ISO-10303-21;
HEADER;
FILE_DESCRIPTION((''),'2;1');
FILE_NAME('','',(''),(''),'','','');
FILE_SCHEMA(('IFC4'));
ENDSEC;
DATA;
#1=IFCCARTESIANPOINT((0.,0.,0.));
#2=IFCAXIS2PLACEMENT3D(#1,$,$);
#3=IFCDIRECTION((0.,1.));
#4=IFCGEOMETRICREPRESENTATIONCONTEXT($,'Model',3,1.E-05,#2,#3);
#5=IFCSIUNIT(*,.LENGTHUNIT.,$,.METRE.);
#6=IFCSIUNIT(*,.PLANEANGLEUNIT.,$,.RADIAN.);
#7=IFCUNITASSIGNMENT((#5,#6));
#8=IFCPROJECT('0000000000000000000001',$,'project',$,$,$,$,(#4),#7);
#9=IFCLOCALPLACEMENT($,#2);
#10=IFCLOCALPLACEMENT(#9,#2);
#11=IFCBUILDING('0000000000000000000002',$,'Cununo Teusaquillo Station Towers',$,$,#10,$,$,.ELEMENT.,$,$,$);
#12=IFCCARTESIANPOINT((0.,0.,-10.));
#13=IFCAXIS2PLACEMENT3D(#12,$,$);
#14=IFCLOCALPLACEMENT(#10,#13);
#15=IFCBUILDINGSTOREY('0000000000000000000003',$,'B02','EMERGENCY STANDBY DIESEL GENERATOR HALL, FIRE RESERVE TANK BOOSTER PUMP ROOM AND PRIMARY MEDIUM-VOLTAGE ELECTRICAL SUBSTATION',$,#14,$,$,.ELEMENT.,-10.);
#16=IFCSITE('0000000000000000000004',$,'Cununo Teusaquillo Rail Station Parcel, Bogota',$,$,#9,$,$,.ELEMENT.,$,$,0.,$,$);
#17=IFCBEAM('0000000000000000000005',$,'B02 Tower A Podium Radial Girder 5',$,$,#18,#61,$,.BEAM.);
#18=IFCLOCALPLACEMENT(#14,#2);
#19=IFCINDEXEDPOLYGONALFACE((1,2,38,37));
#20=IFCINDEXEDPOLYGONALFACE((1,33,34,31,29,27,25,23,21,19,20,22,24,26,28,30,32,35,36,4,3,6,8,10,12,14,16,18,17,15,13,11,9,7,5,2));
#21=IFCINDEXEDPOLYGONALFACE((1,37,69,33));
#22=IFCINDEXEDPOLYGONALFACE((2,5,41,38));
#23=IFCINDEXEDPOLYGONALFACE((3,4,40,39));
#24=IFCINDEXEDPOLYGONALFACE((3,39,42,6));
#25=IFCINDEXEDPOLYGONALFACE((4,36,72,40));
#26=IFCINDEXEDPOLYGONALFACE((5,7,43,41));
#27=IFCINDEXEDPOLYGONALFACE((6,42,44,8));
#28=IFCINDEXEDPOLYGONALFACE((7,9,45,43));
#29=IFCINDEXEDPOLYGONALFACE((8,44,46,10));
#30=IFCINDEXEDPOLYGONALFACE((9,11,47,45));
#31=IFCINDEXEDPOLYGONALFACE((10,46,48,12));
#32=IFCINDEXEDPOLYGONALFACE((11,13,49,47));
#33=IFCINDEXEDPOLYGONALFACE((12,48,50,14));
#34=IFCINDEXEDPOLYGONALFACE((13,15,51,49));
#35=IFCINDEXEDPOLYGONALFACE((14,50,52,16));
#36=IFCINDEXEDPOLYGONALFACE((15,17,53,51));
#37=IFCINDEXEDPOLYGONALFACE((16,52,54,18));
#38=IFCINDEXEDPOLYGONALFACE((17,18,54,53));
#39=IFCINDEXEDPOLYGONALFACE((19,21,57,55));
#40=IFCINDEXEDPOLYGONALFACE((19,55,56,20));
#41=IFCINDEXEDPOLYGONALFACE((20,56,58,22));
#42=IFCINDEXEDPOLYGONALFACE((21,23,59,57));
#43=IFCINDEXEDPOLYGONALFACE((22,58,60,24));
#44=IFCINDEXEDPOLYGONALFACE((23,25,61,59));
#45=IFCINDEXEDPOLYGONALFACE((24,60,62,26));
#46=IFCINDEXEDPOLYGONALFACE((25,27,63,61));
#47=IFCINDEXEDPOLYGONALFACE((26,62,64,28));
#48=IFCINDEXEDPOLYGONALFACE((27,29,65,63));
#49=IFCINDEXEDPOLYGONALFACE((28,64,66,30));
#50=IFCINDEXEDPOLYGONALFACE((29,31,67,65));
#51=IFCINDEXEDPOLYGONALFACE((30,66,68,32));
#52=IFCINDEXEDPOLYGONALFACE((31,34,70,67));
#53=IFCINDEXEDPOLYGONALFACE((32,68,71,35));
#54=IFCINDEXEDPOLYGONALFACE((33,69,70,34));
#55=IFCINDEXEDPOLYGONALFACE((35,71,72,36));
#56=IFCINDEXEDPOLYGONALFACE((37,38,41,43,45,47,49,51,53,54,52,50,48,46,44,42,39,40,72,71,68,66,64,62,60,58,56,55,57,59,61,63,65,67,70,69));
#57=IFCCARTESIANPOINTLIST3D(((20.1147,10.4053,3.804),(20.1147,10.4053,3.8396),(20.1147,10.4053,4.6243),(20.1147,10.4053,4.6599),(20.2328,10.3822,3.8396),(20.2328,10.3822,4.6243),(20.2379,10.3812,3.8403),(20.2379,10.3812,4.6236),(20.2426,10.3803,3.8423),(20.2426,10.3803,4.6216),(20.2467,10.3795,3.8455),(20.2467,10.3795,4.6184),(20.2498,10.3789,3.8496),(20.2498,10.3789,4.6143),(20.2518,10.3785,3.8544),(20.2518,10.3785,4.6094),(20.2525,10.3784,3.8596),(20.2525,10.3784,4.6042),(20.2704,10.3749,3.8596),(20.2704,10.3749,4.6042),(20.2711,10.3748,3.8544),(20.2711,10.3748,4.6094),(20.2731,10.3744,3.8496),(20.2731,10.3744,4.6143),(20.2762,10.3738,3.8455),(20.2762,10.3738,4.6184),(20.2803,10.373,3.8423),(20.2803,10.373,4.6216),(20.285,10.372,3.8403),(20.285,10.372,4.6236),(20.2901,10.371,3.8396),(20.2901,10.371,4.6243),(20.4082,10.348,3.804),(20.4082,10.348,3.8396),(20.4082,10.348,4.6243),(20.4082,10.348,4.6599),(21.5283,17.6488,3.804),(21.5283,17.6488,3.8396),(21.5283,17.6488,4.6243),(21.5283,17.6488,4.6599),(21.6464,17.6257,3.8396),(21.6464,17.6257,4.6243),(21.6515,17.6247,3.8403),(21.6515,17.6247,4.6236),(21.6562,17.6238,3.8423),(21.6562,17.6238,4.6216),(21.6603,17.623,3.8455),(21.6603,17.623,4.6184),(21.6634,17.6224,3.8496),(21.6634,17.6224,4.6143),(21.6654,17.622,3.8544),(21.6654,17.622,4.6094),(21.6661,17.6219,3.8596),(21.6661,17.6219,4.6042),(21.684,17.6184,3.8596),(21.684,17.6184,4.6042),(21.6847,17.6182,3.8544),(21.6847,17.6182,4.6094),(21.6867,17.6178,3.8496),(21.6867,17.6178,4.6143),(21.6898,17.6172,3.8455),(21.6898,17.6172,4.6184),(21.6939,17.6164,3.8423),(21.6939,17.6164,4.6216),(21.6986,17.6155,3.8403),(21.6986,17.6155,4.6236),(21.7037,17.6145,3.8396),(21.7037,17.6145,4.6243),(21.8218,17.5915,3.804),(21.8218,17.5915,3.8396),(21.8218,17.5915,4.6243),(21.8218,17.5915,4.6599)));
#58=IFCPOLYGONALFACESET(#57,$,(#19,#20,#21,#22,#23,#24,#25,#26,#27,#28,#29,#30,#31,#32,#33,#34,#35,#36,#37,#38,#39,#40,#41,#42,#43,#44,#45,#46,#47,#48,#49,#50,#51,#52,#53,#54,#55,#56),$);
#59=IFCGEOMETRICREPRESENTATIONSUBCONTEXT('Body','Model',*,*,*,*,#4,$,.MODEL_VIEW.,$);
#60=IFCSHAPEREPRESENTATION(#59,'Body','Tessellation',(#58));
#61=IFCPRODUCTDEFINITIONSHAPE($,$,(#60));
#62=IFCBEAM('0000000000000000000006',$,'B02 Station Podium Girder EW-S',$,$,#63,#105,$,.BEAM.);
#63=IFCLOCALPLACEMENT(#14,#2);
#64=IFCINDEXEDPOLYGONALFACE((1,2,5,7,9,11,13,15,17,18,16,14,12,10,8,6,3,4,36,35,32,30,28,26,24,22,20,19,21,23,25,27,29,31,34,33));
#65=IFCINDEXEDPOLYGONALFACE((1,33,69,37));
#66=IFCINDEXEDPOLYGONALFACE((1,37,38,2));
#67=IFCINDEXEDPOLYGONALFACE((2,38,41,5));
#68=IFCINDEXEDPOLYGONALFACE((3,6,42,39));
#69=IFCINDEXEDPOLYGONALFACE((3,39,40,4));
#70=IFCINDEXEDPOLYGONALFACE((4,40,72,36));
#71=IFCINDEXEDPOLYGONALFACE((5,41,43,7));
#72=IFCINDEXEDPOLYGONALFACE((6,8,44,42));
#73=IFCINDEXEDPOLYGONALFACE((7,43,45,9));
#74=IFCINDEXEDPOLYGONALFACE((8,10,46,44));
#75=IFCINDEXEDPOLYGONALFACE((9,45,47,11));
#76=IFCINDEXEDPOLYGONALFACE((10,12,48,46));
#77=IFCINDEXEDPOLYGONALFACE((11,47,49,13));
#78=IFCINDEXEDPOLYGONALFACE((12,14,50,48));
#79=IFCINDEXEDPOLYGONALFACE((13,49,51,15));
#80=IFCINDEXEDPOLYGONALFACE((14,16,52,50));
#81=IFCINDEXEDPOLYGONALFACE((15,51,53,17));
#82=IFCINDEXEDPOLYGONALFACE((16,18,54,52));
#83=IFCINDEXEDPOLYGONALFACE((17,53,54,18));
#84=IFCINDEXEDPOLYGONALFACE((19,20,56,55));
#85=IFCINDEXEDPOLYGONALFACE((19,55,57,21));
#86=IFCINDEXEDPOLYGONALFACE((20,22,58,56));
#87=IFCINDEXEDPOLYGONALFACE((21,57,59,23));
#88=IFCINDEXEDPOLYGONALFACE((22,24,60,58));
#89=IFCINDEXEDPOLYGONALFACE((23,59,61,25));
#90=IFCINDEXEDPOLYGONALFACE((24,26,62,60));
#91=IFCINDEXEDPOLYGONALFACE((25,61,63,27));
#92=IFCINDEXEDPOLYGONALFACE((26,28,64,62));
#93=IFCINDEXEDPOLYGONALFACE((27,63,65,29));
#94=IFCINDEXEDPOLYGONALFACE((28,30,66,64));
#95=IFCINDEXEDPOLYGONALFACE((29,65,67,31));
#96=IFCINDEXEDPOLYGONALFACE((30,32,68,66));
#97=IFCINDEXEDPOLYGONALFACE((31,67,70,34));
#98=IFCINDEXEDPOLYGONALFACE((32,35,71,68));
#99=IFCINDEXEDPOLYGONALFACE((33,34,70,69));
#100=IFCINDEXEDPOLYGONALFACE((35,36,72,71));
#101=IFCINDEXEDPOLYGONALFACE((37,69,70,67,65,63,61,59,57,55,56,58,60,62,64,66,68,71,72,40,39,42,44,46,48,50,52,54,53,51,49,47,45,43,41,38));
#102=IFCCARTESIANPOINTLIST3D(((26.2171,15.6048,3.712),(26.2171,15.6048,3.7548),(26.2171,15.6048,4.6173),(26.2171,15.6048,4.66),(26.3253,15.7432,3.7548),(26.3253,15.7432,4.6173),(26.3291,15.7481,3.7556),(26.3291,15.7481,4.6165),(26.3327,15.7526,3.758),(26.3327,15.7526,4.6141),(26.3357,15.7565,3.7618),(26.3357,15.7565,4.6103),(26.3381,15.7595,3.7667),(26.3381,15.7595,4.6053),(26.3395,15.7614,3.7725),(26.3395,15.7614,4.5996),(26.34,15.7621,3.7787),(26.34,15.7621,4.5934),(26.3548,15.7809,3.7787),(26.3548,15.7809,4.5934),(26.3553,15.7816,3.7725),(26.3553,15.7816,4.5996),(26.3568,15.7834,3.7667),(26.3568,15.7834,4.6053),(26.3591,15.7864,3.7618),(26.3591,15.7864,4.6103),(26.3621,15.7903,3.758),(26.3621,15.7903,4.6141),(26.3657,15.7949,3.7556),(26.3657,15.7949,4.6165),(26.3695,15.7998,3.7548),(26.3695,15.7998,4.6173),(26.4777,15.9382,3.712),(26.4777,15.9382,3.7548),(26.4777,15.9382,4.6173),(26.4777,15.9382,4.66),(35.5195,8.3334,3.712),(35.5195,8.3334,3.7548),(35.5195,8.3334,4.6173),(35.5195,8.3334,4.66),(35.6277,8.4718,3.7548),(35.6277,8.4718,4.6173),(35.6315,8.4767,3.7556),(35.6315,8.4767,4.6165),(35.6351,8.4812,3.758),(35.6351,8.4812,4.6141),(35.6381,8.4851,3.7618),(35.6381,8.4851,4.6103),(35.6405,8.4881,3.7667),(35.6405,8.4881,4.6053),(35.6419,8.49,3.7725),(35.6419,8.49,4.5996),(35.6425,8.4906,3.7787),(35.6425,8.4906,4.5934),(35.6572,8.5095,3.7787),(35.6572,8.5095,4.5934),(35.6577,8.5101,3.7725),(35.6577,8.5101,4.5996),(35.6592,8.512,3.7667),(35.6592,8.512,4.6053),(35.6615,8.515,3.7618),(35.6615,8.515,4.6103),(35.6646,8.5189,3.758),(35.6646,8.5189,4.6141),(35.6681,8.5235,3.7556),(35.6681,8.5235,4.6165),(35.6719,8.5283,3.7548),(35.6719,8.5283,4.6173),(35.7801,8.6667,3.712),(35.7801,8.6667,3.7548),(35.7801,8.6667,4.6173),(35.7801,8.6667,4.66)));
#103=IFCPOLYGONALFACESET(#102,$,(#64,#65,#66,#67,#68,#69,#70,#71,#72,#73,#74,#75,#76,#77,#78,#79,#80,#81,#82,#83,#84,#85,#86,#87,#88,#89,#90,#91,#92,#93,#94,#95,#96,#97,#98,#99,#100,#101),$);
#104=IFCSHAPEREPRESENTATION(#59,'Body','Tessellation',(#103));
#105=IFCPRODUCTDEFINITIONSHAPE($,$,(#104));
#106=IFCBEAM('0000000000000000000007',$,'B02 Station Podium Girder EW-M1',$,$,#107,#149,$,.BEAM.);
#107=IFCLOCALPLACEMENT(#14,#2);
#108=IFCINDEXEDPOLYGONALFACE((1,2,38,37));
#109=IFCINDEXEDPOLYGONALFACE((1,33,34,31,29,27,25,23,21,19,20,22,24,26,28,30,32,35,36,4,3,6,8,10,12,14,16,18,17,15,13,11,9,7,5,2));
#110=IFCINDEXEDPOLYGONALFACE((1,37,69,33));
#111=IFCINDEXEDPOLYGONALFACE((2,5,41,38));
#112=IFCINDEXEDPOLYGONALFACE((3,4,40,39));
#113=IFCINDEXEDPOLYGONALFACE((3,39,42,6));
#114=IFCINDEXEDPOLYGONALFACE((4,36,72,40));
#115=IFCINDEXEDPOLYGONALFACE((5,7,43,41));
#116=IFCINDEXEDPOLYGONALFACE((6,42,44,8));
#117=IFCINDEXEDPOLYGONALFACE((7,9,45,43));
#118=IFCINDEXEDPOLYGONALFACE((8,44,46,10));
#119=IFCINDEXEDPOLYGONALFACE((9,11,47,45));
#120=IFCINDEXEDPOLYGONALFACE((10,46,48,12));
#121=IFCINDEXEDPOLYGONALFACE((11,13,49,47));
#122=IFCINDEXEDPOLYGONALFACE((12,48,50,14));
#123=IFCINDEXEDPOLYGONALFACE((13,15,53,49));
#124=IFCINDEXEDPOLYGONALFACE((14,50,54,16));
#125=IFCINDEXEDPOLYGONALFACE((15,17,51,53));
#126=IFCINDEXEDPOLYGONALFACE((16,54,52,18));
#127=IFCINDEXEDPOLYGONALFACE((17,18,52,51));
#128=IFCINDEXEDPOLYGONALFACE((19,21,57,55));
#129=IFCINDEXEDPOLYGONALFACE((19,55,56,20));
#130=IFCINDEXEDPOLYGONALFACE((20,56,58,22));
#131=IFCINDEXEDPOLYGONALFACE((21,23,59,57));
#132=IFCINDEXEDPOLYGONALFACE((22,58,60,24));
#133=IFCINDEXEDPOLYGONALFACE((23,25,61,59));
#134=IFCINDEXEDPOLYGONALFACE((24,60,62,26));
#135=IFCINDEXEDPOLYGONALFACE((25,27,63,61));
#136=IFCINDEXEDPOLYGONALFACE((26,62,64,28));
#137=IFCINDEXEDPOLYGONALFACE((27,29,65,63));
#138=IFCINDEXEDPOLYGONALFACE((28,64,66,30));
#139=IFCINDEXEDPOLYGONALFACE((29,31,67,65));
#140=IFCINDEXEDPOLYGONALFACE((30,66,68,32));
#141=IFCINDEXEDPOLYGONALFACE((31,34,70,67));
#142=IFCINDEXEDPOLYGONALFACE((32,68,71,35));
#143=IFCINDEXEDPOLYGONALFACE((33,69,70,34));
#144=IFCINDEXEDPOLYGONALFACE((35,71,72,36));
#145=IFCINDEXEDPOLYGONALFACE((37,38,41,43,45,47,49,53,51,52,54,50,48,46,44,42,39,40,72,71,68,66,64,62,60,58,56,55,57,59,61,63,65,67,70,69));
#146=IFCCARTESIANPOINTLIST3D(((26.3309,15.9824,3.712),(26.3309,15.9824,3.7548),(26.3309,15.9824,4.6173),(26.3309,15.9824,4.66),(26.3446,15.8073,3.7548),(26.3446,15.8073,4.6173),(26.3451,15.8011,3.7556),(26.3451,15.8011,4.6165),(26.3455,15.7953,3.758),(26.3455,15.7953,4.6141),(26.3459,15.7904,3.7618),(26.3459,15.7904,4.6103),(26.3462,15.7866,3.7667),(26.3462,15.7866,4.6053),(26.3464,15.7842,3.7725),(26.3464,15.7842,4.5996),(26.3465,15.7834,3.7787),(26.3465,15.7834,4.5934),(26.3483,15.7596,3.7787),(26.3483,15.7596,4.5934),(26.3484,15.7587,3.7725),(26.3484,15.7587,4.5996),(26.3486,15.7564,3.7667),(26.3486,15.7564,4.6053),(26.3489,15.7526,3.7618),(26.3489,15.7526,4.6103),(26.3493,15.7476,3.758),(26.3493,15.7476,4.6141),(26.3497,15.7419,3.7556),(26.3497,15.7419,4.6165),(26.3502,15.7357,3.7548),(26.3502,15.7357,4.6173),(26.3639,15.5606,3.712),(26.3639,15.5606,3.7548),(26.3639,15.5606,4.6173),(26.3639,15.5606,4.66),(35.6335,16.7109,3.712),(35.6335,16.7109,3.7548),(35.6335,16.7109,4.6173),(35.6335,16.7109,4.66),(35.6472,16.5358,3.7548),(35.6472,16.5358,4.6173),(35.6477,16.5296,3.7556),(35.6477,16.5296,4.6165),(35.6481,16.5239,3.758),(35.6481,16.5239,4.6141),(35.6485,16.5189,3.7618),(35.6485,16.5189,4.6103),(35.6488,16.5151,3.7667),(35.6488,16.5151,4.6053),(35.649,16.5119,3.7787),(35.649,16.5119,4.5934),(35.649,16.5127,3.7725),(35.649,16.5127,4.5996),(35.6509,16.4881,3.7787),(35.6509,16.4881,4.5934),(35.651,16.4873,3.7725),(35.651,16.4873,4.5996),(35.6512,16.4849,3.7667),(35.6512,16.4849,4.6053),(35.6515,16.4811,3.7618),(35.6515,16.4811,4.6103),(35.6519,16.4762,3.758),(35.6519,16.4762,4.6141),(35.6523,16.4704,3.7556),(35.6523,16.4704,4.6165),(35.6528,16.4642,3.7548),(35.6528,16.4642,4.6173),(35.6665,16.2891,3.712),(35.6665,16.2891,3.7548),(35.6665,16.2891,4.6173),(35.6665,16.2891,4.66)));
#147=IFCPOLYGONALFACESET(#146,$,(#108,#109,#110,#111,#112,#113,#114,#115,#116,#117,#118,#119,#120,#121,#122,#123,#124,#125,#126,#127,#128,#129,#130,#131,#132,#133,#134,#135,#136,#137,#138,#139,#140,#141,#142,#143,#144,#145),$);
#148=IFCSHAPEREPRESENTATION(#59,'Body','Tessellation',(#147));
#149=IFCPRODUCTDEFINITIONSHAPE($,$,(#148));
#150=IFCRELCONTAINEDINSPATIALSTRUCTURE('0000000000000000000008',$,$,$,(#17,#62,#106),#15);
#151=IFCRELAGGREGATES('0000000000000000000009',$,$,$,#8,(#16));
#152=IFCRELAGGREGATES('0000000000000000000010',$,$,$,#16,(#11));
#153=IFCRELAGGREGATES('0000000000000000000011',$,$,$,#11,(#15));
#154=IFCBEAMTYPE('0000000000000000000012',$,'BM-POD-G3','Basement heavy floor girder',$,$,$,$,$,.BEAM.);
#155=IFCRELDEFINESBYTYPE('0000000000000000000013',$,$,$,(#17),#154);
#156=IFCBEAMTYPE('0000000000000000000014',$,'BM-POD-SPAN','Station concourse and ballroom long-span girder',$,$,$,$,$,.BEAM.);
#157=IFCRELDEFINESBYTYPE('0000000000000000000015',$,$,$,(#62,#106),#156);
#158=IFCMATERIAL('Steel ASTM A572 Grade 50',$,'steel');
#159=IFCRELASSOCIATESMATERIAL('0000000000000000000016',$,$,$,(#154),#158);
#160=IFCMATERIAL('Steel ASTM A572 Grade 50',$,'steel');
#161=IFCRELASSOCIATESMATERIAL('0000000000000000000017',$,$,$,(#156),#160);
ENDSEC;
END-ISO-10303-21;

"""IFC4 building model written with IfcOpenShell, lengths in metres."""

from ifc_helpers import new_model, si_unit, direction, frame, origin, origin_2d, place, context, subcontext, project, spatial, i_section, extrude, material, material_profile, profile_set, type_object, element, save


model = new_model("IFC4")

# Units and contexts
model_context = context("Model", 3, precision=1e-05, world=origin(), true_north=direction((0.0, 1.0)))
body_context = subcontext(model_context, "Body", "Model", "MODEL_VIEW")
ifc_project = project(units=[si_unit("LENGTHUNIT", "METRE"), si_unit("PLANEANGLEUNIT", "RADIAN")], contexts=[model_context])

# Site, building, storey
site_placement = place(None, origin())
site = spatial("IfcSite", under=ifc_project, at=site_placement, Name="Cununo Teusaquillo Rail Station Parcel, Bogota", CompositionType="ELEMENT", RefElevation=0.0)
building_placement = place(site_placement, origin())
building = spatial("IfcBuilding", under=site, at=building_placement, Name="Cununo Teusaquillo Station Towers", CompositionType="ELEMENT")
storey_placement = place(building_placement, frame((0.0, 0.0, -10.0)))
storey = spatial("IfcBuildingStorey", under=building, at=storey_placement, Name="B02", Description="EMERGENCY STANDBY DIESEL GENERATOR HALL, FIRE RESERVE TANK BOOSTER PUMP ROOM AND PRIMARY MEDIUM-VOLTAGE ELECTRICAL SUBSTATION", CompositionType="ELEMENT", Elevation=-10.0)

# Beams
ifc_material_1 = material(Name="Steel ASTM A572 Grade 50", Category="steel")
ifc_material_profile_1 = material_profile(ifc_material_1, i_section(OverallWidth=0.2991, OverallDepth=0.856, WebThickness=0.0183, FlangeThickness=0.0356, FilletRadius=0.02, at=origin_2d()), Name="W33X201")
ifc_profile_set_1 = profile_set([ifc_material_profile_1], Name="Steel ASTM A572 Grade 50")
beam_type_1 = type_object("IfcBeamType", Name="BM-POD-G3", Description="Basement heavy floor girder", PredefinedType="BEAM", material=ifc_profile_set_1)
beam_1_placement = place(storey_placement, frame((21.675, 17.6201, 4.2319), z_axis=(-0.19154, -0.981485, 0.0), x_axis=(0.981485, -0.19154, 0.0)))
element("IfcBeam", 1, at=beam_1_placement, inside=storey, type_object=beam_type_1, Name="B02 Tower A Podium Radial Girder 5", PredefinedType="BEAM", context=body_context, shape_type="SweptSolid", body=[
    extrude(i_section(OverallWidth=0.2991, OverallDepth=0.856, WebThickness=0.0183, FlangeThickness=0.0356, FilletRadius=0.02, at=origin_2d()), origin(), (0.0, 0.0, 1.0), 7.3801),
])
ifc_material_2 = material(Name="Steel ASTM A572 Grade 50", Category="steel")
ifc_material_profile_2 = material_profile(ifc_material_2, i_section(OverallWidth=0.4231, OverallDepth=0.948, WebThickness=0.0239, FlangeThickness=0.0427, FilletRadius=0.0239, at=origin_2d()), Name="W36X302")
ifc_profile_set_2 = profile_set([ifc_material_profile_2], Name="Steel ASTM A572 Grade 50")
beam_type_2 = type_object("IfcBeamType", Name="BM-POD-SPAN", Description="Station concourse and ballroom long-span girder", PredefinedType="BEAM", material=ifc_profile_set_2)
beam_2_placement = place(storey_placement, frame((26.3474, 15.7715, 4.186), z_axis=(0.787864, -0.61585, 0.0), x_axis=(0.61585, 0.787864, 0.0)))
element("IfcBeam", 2, at=beam_2_placement, inside=storey, type_object=beam_type_2, Name="B02 Station Podium Girder EW-S", PredefinedType="BEAM", context=body_context, shape_type="SweptSolid", body=[
    extrude(i_section(OverallWidth=0.4231, OverallDepth=0.948, WebThickness=0.0239, FlangeThickness=0.0427, FilletRadius=0.0239, at=origin_2d()), origin(), (0.0, 0.0, 1.0), 11.8071),
])
beam_3_placement = place(storey_placement, frame((26.3474, 15.7715, 4.186), z_axis=(0.996947, 0.078075, 0.0), x_axis=(-0.078075, 0.996947, 0.0)))
element("IfcBeam", 3, at=beam_3_placement, inside=storey, type_object=beam_type_2, Name="B02 Station Podium Girder EW-M1", PredefinedType="BEAM", context=body_context, shape_type="SweptSolid", body=[
    extrude(i_section(OverallWidth=0.4231, OverallDepth=0.948, WebThickness=0.0239, FlangeThickness=0.0427, FilletRadius=0.0239, at=origin_2d()), origin(), (0.0, 0.0, 1.0), 9.3311),
])

save(model, "model.ifc")
